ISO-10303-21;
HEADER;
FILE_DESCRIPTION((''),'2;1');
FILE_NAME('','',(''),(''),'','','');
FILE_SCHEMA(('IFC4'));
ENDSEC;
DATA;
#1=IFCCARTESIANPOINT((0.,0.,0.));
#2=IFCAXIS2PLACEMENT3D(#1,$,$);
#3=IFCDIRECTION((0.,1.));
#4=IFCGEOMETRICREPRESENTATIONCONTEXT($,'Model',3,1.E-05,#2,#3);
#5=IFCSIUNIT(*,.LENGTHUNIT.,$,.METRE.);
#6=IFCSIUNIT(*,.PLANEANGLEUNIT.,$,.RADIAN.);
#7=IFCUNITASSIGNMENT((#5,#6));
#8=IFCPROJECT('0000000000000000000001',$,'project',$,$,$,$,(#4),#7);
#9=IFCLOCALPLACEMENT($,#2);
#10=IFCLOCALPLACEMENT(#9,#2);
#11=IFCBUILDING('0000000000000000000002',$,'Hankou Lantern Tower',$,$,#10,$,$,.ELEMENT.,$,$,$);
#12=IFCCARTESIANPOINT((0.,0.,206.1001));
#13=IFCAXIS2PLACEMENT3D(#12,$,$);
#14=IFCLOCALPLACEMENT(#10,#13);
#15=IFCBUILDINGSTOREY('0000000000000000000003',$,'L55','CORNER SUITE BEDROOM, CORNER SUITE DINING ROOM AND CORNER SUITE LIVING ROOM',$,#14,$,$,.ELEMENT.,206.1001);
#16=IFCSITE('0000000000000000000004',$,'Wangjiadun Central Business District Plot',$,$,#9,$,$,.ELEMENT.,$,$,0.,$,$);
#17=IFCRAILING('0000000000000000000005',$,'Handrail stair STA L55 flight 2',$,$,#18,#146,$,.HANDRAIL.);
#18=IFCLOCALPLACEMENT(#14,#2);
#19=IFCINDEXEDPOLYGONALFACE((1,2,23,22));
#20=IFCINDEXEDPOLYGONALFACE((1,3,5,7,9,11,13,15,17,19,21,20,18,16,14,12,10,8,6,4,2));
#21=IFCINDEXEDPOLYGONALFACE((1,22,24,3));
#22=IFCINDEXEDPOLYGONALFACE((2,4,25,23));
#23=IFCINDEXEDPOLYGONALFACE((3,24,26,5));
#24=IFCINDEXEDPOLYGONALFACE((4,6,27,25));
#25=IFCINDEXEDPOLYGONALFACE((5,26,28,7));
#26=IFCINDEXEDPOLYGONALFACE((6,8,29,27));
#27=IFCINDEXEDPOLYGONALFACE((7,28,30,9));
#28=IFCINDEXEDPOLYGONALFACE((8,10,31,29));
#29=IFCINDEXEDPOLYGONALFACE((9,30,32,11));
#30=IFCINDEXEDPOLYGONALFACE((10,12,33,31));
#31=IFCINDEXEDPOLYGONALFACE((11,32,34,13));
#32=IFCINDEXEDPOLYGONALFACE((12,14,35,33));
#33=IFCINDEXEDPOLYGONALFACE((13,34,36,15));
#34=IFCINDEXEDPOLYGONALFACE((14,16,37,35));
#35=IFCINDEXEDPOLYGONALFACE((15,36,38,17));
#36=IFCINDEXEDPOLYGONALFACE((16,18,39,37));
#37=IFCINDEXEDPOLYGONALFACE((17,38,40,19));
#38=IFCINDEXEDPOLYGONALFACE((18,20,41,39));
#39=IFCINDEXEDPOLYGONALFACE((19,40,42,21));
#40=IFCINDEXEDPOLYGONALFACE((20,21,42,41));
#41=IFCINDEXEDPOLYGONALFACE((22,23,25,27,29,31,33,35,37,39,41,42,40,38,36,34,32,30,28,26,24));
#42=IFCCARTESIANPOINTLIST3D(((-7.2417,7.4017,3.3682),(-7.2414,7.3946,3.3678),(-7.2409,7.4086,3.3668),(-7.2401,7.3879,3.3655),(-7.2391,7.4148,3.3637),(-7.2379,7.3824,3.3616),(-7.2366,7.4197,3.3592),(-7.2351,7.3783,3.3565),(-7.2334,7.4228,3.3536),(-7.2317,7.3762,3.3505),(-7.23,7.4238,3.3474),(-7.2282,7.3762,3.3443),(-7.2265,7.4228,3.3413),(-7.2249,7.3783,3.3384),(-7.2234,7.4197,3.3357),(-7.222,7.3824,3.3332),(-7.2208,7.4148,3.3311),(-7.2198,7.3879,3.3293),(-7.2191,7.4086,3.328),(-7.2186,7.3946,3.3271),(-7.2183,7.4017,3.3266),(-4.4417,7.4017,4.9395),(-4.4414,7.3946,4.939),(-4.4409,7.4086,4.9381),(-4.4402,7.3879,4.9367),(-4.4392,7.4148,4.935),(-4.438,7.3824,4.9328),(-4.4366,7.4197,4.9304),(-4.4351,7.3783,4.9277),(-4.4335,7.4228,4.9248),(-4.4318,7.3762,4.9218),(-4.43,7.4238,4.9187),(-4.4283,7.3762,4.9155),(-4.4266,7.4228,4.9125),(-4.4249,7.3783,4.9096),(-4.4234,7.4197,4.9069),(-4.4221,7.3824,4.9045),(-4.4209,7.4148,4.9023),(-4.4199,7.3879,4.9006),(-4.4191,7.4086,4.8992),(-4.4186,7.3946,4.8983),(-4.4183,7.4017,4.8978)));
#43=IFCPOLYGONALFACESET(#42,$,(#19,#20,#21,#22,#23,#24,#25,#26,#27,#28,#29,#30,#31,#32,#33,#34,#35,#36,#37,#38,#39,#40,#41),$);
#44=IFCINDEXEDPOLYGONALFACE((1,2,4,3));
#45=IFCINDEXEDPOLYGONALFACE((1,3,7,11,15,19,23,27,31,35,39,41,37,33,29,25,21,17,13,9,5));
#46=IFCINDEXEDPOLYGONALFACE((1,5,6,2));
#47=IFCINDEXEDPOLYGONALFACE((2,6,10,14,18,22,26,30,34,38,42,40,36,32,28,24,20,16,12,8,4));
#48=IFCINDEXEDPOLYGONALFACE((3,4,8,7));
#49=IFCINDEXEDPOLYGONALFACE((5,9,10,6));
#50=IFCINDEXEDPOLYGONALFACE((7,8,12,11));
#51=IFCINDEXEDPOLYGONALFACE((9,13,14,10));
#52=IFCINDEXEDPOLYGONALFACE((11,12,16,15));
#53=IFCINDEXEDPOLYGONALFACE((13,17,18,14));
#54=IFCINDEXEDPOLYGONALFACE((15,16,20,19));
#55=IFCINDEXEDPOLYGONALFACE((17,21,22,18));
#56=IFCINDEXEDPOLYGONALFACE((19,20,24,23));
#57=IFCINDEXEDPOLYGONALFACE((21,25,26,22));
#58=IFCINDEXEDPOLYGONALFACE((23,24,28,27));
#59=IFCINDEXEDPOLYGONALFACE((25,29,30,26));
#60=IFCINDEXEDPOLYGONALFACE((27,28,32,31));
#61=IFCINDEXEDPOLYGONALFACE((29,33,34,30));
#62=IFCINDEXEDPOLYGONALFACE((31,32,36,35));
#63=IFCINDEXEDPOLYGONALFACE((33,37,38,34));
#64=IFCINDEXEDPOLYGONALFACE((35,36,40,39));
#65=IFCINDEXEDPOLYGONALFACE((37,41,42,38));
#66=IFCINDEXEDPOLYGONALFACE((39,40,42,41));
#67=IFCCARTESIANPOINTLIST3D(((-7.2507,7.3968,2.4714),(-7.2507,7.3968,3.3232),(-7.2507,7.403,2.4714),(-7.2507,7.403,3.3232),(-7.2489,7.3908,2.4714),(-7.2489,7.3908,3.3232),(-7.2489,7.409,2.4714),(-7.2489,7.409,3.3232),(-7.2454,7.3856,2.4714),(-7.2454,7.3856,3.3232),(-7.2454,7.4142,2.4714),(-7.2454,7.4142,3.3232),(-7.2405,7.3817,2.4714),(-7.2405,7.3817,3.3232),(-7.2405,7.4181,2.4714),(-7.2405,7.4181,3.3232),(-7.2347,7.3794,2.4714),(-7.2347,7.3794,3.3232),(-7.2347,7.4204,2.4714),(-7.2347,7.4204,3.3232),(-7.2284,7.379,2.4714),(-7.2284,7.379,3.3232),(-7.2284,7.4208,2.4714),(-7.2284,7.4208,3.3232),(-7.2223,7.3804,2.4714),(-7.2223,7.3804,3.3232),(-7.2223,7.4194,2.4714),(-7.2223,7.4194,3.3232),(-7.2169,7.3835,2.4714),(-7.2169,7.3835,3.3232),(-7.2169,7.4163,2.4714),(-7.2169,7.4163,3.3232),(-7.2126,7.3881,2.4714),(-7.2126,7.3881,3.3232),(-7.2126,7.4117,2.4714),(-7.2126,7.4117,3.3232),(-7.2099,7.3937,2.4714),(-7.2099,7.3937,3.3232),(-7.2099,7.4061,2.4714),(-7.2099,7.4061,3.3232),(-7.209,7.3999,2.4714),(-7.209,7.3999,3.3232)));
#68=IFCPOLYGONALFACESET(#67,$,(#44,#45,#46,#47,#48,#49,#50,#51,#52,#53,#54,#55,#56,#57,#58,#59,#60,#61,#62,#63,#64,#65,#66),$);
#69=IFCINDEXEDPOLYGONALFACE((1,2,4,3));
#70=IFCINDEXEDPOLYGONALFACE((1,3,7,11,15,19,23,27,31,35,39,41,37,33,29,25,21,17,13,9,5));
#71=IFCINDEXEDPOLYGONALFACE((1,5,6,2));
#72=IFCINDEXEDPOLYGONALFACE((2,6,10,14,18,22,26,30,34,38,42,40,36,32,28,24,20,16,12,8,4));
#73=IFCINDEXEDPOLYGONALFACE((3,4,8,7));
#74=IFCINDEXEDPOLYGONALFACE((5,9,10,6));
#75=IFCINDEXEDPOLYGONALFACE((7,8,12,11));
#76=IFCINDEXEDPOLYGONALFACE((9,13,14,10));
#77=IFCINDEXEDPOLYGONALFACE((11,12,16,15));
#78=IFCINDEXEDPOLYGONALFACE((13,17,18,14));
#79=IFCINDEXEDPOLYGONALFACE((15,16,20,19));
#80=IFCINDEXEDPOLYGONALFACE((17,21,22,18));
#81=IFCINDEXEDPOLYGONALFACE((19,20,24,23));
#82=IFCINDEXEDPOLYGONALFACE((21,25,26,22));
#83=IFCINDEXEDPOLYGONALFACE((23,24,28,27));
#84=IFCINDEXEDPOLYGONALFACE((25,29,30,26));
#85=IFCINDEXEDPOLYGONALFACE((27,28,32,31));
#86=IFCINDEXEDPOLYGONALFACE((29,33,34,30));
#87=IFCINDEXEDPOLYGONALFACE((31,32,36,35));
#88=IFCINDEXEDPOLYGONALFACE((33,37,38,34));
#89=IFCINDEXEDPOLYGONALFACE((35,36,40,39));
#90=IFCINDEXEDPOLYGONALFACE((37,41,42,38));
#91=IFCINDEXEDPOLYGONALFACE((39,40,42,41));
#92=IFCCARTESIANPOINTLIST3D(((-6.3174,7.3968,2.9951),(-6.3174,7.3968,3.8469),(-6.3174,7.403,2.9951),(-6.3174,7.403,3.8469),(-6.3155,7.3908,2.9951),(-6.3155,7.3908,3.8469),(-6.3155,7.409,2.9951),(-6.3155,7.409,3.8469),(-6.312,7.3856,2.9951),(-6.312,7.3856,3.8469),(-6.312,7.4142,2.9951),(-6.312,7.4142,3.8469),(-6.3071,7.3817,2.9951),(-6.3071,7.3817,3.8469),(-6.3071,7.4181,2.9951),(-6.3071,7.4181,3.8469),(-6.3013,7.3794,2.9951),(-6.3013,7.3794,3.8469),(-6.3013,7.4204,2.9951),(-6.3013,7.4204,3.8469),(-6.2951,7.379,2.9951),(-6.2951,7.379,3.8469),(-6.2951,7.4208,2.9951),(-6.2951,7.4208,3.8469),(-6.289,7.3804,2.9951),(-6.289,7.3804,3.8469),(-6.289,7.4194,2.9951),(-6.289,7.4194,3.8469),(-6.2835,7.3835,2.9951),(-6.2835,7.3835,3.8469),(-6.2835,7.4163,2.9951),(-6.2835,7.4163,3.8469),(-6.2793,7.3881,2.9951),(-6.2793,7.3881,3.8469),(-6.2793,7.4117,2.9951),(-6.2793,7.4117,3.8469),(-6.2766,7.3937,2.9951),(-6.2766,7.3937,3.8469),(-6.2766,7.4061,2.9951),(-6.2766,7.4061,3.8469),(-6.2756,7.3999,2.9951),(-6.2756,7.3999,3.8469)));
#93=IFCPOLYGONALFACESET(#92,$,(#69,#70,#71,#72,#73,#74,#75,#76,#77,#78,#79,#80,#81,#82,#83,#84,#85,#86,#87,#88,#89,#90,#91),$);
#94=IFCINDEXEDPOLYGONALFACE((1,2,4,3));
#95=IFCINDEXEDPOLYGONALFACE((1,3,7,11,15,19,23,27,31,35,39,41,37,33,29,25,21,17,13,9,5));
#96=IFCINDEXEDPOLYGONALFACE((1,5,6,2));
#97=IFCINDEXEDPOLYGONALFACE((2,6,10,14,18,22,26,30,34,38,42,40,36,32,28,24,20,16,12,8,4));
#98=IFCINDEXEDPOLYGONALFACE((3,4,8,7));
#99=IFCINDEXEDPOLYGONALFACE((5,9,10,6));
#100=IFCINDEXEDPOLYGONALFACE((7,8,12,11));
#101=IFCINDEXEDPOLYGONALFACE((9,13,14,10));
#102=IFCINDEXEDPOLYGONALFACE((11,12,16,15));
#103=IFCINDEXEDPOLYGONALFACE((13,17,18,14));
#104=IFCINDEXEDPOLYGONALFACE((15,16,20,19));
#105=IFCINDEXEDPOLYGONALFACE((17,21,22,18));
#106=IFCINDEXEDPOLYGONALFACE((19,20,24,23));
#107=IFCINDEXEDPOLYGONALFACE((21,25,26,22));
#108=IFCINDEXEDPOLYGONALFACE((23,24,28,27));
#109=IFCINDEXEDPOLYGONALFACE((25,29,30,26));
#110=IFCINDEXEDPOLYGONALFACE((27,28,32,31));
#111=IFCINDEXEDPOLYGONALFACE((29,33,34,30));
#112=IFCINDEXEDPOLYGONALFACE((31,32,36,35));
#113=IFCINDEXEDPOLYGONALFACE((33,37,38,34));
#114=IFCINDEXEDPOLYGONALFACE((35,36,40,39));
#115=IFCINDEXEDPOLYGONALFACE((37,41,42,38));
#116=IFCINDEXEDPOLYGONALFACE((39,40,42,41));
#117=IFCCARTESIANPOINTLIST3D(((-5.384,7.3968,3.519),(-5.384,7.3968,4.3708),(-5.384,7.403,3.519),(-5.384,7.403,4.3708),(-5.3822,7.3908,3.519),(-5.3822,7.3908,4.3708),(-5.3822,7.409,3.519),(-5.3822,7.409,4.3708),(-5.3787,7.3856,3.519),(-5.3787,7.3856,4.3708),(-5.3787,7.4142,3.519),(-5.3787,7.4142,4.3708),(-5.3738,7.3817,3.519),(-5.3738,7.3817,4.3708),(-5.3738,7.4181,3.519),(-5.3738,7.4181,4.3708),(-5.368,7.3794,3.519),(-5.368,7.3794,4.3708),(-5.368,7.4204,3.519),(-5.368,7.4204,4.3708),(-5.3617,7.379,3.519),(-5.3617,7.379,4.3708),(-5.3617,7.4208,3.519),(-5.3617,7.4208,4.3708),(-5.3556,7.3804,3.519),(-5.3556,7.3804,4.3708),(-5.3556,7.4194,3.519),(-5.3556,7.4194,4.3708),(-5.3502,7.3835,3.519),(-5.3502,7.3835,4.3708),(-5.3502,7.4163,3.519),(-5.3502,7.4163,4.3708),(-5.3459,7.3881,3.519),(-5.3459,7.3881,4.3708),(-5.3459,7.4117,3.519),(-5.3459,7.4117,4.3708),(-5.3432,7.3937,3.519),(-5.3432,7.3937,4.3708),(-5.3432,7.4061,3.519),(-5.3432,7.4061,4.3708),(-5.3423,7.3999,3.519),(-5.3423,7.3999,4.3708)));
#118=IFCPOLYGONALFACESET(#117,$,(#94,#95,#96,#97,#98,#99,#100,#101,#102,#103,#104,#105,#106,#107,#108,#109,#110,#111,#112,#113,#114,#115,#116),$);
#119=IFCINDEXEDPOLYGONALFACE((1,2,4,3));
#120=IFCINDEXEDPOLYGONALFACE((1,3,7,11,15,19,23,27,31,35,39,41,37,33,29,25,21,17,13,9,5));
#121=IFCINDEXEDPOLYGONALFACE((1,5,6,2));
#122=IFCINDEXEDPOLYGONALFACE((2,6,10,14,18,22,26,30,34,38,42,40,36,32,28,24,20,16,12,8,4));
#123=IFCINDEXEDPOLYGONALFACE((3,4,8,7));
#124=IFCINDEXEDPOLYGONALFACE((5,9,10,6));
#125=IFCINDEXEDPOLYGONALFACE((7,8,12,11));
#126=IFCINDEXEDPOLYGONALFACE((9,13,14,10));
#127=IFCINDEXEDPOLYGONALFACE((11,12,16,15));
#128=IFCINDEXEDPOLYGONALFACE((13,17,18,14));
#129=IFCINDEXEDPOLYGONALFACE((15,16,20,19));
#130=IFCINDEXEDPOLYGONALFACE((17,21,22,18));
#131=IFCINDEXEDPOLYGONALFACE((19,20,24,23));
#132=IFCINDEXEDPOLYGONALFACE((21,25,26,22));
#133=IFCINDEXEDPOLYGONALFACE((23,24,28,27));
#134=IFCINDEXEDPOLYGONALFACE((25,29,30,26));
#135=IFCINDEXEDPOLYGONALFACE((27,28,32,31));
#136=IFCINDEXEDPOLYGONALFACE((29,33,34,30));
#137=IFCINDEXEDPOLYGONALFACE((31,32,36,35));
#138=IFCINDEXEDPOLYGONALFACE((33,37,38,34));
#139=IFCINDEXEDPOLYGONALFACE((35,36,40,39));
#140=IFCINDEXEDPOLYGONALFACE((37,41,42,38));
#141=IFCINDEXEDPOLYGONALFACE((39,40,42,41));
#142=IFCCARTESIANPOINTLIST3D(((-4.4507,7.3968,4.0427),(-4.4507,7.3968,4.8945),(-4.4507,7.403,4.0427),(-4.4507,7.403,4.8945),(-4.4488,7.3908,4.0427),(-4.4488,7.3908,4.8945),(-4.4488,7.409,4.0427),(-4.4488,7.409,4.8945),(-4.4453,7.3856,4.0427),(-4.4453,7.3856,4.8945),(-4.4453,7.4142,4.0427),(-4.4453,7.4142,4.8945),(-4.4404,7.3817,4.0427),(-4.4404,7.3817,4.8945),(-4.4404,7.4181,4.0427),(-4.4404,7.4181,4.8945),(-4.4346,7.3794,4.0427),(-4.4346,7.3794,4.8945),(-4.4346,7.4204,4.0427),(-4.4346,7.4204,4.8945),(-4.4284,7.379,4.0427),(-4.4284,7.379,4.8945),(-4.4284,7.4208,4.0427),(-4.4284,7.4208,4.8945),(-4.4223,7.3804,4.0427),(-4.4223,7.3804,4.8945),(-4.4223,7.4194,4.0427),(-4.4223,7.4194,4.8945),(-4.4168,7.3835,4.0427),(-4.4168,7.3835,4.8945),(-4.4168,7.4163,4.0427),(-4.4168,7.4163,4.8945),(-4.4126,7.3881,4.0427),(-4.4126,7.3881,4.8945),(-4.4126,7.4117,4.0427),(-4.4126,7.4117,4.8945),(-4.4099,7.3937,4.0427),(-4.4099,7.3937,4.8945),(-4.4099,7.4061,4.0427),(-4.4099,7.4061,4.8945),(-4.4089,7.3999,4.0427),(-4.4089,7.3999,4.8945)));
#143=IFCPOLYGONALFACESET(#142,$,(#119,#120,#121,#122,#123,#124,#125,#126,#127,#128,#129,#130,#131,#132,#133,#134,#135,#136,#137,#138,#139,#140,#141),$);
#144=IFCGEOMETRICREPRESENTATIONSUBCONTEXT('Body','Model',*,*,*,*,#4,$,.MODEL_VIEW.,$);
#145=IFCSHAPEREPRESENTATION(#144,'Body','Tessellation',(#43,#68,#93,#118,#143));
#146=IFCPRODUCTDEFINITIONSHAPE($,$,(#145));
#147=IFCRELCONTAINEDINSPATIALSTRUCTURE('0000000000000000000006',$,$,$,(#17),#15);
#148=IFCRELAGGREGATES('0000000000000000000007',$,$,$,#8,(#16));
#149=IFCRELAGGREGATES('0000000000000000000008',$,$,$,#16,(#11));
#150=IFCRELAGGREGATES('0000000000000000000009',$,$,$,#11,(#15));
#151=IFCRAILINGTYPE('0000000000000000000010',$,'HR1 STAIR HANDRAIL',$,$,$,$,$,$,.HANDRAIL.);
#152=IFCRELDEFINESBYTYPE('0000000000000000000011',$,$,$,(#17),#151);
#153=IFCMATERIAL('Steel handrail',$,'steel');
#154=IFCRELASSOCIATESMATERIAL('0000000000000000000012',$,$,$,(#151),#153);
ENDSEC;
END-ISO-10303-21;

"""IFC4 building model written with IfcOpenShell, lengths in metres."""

from ifc_helpers import new_model, si_unit, direction, frame, origin, origin_2d, place, context, subcontext, project, spatial, circle, extrude, material, type_object, element, save


model = new_model("IFC4")

# Units and contexts
model_context = context("Model", 3, precision=1e-05, world=origin(), true_north=direction((0.0, 1.0)))
body_context = subcontext(model_context, "Body", "Model", "MODEL_VIEW")
ifc_project = project(units=[si_unit("LENGTHUNIT", "METRE"), si_unit("PLANEANGLEUNIT", "RADIAN")], contexts=[model_context])

# Site, building, storey
site_placement = place(None, origin())
site = spatial("IfcSite", under=ifc_project, at=site_placement, Name="Wangjiadun Central Business District Plot", CompositionType="ELEMENT", RefElevation=0.0)
building_placement = place(site_placement, origin())
building = spatial("IfcBuilding", under=site, at=building_placement, Name="Hankou Lantern Tower", CompositionType="ELEMENT")
storey_placement = place(building_placement, frame((0.0, 0.0, 206.1001)))
storey = spatial("IfcBuildingStorey", under=building, at=storey_placement, Name="L55", Description="CORNER SUITE BEDROOM, CORNER SUITE DINING ROOM AND CORNER SUITE LIVING ROOM", CompositionType="ELEMENT", Elevation=206.1001)

# Railing
ifc_material_1 = material(Name="Steel handrail", Category="steel")
railing_type = type_object("IfcRailingType", Name="HR1 STAIR HANDRAIL", PredefinedType="HANDRAIL", material=ifc_material_1)
railing_1_placement = place(storey_placement, frame((-7.23, 7.3999, 2.4714)))
element("IfcRailing", 1, at=railing_1_placement, inside=storey, type_object=railing_type, Name="Handrail stair STA L55 flight 2", PredefinedType="HANDRAIL", context=body_context, shape_type="SweptSolid", body=[
    extrude(circle(Radius=0.0239, at=origin_2d()), frame((0.0, 0.0, 0.876), z_axis=(0.872073, 0.0, 0.489377), x_axis=(0.0, 1.0, 0.0)), (0.0, 0.0, 1.0), 3.2107),
    extrude(circle(Radius=0.021, at=origin_2d()), origin(), (0.0, 0.0, 1.0), 0.8518),
    extrude(circle(Radius=0.021, at=origin_2d()), frame((0.9333, 0.0, 0.5237)), (0.0, 0.0, 1.0), 0.8518),
    extrude(circle(Radius=0.021, at=origin_2d()), frame((1.8667, 0.0, 1.0476)), (0.0, 0.0, 1.0), 0.8518),
    extrude(circle(Radius=0.021, at=origin_2d()), frame((2.8, 0.0, 1.5713)), (0.0, 0.0, 1.0), 0.8518),
])

save(model, "model.ifc")
